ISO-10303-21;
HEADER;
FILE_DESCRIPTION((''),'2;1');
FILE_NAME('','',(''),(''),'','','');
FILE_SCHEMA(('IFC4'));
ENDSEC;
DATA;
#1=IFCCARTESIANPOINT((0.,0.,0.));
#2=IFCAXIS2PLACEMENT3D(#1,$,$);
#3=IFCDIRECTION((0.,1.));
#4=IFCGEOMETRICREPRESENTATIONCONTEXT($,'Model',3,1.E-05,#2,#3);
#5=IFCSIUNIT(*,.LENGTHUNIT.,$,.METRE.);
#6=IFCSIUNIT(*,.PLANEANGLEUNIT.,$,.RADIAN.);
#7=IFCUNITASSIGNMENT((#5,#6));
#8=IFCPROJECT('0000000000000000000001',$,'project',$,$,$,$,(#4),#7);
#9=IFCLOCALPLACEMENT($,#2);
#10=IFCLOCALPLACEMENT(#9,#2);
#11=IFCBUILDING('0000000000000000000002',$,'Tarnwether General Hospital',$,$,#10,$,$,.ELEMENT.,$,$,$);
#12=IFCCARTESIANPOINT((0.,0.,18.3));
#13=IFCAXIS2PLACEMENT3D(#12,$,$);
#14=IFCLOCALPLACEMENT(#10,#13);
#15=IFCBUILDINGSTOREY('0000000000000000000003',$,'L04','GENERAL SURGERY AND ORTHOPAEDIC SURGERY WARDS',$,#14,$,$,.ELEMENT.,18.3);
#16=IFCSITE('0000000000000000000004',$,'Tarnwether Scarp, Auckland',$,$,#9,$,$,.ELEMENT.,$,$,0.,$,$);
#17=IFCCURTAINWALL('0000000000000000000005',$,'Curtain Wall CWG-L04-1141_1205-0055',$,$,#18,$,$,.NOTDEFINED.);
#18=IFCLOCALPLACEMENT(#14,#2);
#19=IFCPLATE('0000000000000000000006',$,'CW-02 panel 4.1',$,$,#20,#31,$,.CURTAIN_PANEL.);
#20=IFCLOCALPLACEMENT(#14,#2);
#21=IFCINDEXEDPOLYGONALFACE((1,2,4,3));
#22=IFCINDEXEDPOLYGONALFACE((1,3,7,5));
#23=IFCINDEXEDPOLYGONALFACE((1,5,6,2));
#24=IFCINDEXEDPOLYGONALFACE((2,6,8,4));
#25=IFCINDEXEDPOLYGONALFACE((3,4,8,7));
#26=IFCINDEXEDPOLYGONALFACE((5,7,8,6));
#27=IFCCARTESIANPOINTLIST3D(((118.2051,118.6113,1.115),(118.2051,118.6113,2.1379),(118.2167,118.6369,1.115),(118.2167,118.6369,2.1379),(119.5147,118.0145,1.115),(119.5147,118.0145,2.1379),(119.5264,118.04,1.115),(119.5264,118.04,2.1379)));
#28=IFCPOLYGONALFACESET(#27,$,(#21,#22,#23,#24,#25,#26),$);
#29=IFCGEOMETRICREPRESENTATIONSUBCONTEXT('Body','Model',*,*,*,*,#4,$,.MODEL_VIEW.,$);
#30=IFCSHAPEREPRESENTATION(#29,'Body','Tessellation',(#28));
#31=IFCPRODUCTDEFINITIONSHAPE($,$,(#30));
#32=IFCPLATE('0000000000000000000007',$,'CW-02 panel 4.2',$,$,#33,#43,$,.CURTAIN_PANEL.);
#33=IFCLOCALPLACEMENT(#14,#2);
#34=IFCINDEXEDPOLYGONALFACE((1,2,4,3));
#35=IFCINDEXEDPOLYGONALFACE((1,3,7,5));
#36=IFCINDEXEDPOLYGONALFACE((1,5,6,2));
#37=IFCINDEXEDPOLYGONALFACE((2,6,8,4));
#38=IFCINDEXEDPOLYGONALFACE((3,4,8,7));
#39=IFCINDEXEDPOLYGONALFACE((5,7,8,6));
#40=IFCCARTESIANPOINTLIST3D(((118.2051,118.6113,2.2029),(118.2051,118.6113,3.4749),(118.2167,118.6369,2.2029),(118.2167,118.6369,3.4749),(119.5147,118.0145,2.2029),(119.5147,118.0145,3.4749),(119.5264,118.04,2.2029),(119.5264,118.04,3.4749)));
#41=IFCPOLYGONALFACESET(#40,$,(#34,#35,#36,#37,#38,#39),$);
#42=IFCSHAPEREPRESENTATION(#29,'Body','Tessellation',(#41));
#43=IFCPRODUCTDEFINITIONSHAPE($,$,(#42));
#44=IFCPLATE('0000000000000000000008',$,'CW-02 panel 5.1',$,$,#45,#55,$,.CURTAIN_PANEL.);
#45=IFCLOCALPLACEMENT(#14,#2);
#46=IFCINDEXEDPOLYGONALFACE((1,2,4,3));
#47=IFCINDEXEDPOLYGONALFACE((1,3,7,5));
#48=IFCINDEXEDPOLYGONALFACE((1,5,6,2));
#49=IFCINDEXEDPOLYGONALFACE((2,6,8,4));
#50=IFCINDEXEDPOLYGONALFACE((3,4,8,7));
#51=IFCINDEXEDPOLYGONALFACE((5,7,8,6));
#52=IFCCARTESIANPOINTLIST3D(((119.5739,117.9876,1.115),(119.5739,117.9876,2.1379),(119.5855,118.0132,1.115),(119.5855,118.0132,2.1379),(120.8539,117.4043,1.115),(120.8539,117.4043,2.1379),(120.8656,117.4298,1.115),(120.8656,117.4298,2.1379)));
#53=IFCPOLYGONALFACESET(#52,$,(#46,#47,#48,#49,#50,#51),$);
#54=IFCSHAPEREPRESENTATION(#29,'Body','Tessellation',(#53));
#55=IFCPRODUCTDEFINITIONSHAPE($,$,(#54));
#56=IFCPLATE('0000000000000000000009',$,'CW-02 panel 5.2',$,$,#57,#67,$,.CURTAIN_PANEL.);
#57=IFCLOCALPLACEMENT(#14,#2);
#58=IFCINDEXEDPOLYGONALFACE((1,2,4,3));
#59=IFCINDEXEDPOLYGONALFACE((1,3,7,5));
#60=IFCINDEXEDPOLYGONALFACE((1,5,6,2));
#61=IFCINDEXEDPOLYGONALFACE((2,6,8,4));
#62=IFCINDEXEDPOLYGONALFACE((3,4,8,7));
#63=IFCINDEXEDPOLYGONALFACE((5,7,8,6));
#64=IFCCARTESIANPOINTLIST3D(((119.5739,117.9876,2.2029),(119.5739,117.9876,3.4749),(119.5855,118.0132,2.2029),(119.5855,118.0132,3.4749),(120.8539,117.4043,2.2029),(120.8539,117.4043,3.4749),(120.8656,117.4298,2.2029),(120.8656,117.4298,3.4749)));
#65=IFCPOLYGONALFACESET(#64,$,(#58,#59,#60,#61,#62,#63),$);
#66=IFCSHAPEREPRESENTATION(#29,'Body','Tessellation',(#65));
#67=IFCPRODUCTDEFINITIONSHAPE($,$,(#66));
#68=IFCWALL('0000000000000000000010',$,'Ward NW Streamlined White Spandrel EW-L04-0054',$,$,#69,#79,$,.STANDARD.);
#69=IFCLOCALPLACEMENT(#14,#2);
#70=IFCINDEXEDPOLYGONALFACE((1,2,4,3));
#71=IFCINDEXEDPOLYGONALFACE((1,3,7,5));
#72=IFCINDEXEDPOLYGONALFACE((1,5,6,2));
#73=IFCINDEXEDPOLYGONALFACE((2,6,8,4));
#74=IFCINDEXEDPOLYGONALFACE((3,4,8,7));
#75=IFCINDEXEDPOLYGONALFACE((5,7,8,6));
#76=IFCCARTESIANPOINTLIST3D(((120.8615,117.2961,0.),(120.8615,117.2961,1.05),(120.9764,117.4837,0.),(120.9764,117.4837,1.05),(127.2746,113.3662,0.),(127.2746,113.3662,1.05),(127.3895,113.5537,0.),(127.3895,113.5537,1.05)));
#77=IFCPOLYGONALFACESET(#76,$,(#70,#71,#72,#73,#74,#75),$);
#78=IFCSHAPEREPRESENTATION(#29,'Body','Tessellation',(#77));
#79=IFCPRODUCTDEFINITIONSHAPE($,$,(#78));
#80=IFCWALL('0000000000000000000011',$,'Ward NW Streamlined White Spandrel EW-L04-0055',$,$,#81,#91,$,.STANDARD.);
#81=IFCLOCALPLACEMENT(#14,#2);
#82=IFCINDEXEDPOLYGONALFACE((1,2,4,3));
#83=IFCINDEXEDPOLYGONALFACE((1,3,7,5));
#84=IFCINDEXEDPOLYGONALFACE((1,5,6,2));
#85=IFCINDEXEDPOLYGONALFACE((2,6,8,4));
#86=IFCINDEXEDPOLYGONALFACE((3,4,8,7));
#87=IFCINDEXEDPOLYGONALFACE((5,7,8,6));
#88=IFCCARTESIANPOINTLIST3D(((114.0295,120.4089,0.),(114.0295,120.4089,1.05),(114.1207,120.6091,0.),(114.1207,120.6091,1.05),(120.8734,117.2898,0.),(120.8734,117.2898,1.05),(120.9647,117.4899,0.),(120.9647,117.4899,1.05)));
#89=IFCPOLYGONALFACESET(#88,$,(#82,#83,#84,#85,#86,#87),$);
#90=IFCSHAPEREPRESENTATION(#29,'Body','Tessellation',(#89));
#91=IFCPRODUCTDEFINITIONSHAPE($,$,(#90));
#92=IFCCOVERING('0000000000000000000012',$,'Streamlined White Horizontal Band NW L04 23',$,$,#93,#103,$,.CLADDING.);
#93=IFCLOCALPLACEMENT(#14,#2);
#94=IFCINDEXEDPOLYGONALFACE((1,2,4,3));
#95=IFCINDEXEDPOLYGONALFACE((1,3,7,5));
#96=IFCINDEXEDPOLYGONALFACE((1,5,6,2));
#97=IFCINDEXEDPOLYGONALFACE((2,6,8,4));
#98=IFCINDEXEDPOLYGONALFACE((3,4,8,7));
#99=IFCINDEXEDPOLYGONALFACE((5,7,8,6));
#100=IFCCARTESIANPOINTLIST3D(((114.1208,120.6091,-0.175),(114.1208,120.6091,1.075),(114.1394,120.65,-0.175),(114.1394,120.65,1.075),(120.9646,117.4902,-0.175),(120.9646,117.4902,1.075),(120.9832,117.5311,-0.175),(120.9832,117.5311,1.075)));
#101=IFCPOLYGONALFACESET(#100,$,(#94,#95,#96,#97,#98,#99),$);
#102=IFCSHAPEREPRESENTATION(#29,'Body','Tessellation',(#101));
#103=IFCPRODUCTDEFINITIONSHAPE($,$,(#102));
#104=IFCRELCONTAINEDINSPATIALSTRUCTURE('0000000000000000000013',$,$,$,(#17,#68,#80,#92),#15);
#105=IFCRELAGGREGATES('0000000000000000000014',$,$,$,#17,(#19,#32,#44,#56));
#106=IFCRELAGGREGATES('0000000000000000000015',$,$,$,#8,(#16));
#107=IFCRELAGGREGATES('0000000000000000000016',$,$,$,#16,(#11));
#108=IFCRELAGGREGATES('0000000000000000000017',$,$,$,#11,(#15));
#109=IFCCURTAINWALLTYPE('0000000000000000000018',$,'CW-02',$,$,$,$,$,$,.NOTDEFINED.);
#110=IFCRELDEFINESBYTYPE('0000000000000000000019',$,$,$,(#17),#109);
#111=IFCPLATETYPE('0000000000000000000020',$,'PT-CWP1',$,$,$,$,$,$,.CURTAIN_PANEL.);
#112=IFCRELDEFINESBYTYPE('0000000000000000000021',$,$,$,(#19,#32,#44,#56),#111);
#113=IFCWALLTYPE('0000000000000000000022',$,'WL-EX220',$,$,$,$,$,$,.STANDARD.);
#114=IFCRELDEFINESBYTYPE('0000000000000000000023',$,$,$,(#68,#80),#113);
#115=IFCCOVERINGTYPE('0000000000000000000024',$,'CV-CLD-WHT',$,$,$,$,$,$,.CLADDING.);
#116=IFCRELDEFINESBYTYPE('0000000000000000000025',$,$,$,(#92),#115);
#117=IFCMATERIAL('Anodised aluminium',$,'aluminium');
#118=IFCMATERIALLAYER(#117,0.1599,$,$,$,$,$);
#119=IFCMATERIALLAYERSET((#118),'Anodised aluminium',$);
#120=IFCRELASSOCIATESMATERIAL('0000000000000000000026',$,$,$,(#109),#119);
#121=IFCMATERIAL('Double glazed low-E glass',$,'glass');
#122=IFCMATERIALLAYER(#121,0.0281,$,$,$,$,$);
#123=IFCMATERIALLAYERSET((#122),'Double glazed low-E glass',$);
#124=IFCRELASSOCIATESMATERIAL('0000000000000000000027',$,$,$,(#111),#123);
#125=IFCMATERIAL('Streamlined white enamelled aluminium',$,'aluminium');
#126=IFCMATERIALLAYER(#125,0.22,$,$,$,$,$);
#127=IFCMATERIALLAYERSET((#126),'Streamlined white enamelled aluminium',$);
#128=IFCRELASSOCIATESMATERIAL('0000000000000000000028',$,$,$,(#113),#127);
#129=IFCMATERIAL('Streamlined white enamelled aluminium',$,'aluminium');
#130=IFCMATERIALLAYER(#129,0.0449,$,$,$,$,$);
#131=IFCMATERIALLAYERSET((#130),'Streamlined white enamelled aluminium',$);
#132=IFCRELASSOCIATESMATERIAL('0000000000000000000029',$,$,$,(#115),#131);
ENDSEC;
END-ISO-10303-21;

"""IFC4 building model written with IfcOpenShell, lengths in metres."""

from ifc_helpers import new_model, si_unit, direction, frame, frame_2d, origin, origin_2d, place, context, subcontext, project, spatial, rectangle, extrude, material, layer, layer_set, type_object, element, aggregate, save


model = new_model("IFC4")

# Units and contexts
model_context = context("Model", 3, precision=1e-05, world=origin(), true_north=direction((0.0, 1.0)))
body_context = subcontext(model_context, "Body", "Model", "MODEL_VIEW")
ifc_project = project(units=[si_unit("LENGTHUNIT", "METRE"), si_unit("PLANEANGLEUNIT", "RADIAN")], contexts=[model_context])

# Site, building, storey
site_placement = place(None, origin())
site = spatial("IfcSite", under=ifc_project, at=site_placement, Name="Tarnwether Scarp, Auckland", CompositionType="ELEMENT", RefElevation=0.0)
building_placement = place(site_placement, origin())
building = spatial("IfcBuilding", under=site, at=building_placement, Name="Tarnwether General Hospital", CompositionType="ELEMENT")
storey_placement = place(building_placement, frame((0.0, 0.0, 18.3)))
storey = spatial("IfcBuildingStorey", under=building, at=storey_placement, Name="L04", Description="GENERAL SURGERY AND ORTHOPAEDIC SURGERY WARDS", CompositionType="ELEMENT", Elevation=18.3)

# Shared definitions
ifc_material_1 = material(Name="Anodised aluminium", Category="aluminium")
ifc_layer_1 = layer(ifc_material_1, 0.1599)
ifc_layer_set_1 = layer_set([ifc_layer_1], Name="Anodised aluminium")
curtain_wall_type = type_object("IfcCurtainWallType", Name="CW-02", PredefinedType="NOTDEFINED", material=ifc_layer_set_1)

# Curtain wall, plates
curtain_wall_1_placement = place(storey_placement, origin())
curtain_wall_1 = element("IfcCurtainWall", 1, at=curtain_wall_1_placement, inside=storey, type_object=curtain_wall_type, Name="Curtain Wall CWG-L04-1141_1205-0055", PredefinedType="NOTDEFINED")
ifc_material_2 = material(Name="Double glazed low-E glass", Category="glass")
ifc_layer_2 = layer(ifc_material_2, 0.0281)
ifc_layer_set_2 = layer_set([ifc_layer_2], Name="Double glazed low-E glass")
plate_type = type_object("IfcPlateType", Name="PT-CWP1", PredefinedType="CURTAIN_PANEL", material=ifc_layer_set_2)
plate_1_placement = place(storey_placement, frame((118.8657, 118.3257, 1.115), z_axis=(0.0, 0.0, 1.0), x_axis=(0.909961, -0.414694, 0.0)))
plate_1 = element("IfcPlate", 2, at=plate_1_placement, type_object=plate_type, Name="CW-02 panel 4.1", PredefinedType="CURTAIN_PANEL", context=body_context, shape_type="SweptSolid", body=[
    extrude(rectangle(XDim=1.4392, YDim=0.0281, at=origin_2d()), origin(), (0.0, 0.0, 1.0), 1.0229),
])
plate_2_placement = place(storey_placement, frame((118.8657, 118.3257, 2.2029), z_axis=(0.0, 0.0, 1.0), x_axis=(0.909961, -0.414694, 0.0)))
plate_2 = element("IfcPlate", 3, at=plate_2_placement, type_object=plate_type, Name="CW-02 panel 4.2", PredefinedType="CURTAIN_PANEL", context=body_context, shape_type="SweptSolid", body=[
    extrude(rectangle(XDim=1.4392, YDim=0.0281, at=origin_2d()), origin(), (0.0, 0.0, 1.0), 1.272),
])
plate_3_placement = place(storey_placement, frame((120.2197, 117.7087, 1.115), z_axis=(0.0, 0.0, 1.0), x_axis=(0.909961, -0.414694, 0.0)))
plate_3 = element("IfcPlate", 4, at=plate_3_placement, type_object=plate_type, Name="CW-02 panel 5.1", PredefinedType="CURTAIN_PANEL", context=body_context, shape_type="SweptSolid", body=[
    extrude(rectangle(XDim=1.4067, YDim=0.0281, at=origin_2d()), origin(), (0.0, 0.0, 1.0), 1.0229),
])
plate_4_placement = place(storey_placement, frame((120.2197, 117.7087, 2.2029), z_axis=(0.0, 0.0, 1.0), x_axis=(0.909961, -0.414694, 0.0)))
plate_4 = element("IfcPlate", 5, at=plate_4_placement, type_object=plate_type, Name="CW-02 panel 5.2", PredefinedType="CURTAIN_PANEL", context=body_context, shape_type="SweptSolid", body=[
    extrude(rectangle(XDim=1.4067, YDim=0.0281, at=origin_2d()), origin(), (0.0, 0.0, 1.0), 1.272),
])
aggregate(curtain_wall_1, [plate_1, plate_2, plate_3, plate_4])

# Walls
ifc_material_3 = material(Name="Streamlined white enamelled aluminium", Category="aluminium")
ifc_layer_3 = layer(ifc_material_3, 0.22)
ifc_layer_set_3 = layer_set([ifc_layer_3], Name="Streamlined white enamelled aluminium")
wall_type = type_object("IfcWallType", Name="WL-EX220", PredefinedType="STANDARD", material=ifc_layer_set_3)
wall_1_placement = place(storey_placement, frame((120.9189, 117.3899, 0.0), z_axis=(0.0, 0.0, 1.0), x_axis=(0.852641, -0.522497, 0.0)))
element("IfcWall", 6, at=wall_1_placement, inside=storey, type_object=wall_type, Name="Ward NW Streamlined White Spandrel EW-L04-0054", PredefinedType="STANDARD", context=body_context, shape_type="SweptSolid", body=[
    extrude(rectangle(XDim=7.5215, YDim=0.22, at=frame_2d((3.7607, 0.0))), origin(), (0.0, 0.0, 1.0), 1.05),
])
wall_2_placement = place(storey_placement, frame((114.075, 120.509, 0.0), z_axis=(0.0, 0.0, 1.0), x_axis=(0.909954, -0.41471, 0.0)))
element("IfcWall", 7, at=wall_2_placement, inside=storey, type_object=wall_type, Name="Ward NW Streamlined White Spandrel EW-L04-0055", PredefinedType="STANDARD", context=body_context, shape_type="SweptSolid", body=[
    extrude(rectangle(XDim=7.5212, YDim=0.22, at=frame_2d((3.7607, 0.0))), origin(), (0.0, 0.0, 1.0), 1.05),
])

# Covering
ifc_material_4 = material(Name="Streamlined white enamelled aluminium", Category="aluminium")
ifc_layer_4 = layer(ifc_material_4, 0.0449)
ifc_layer_set_4 = layer_set([ifc_layer_4], Name="Streamlined white enamelled aluminium")
covering_type = type_object("IfcCoveringType", Name="CV-CLD-WHT", PredefinedType="CLADDING", material=ifc_layer_set_4)
covering_placement = place(storey_placement, frame((117.552, 119.0701, -0.175), z_axis=(0.0, 0.0, 1.0), x_axis=(0.909961, -0.414693, 0.0)))
element("IfcCovering", 8, at=covering_placement, inside=storey, type_object=covering_type, Name="Streamlined White Horizontal Band NW L04 23", PredefinedType="CLADDING", context=body_context, shape_type="SweptSolid", body=[
    extrude(rectangle(XDim=7.521, YDim=0.0449, at=origin_2d()), origin(), (0.0, 0.0, 1.0), 1.25),
])

save(model, "model.ifc")
